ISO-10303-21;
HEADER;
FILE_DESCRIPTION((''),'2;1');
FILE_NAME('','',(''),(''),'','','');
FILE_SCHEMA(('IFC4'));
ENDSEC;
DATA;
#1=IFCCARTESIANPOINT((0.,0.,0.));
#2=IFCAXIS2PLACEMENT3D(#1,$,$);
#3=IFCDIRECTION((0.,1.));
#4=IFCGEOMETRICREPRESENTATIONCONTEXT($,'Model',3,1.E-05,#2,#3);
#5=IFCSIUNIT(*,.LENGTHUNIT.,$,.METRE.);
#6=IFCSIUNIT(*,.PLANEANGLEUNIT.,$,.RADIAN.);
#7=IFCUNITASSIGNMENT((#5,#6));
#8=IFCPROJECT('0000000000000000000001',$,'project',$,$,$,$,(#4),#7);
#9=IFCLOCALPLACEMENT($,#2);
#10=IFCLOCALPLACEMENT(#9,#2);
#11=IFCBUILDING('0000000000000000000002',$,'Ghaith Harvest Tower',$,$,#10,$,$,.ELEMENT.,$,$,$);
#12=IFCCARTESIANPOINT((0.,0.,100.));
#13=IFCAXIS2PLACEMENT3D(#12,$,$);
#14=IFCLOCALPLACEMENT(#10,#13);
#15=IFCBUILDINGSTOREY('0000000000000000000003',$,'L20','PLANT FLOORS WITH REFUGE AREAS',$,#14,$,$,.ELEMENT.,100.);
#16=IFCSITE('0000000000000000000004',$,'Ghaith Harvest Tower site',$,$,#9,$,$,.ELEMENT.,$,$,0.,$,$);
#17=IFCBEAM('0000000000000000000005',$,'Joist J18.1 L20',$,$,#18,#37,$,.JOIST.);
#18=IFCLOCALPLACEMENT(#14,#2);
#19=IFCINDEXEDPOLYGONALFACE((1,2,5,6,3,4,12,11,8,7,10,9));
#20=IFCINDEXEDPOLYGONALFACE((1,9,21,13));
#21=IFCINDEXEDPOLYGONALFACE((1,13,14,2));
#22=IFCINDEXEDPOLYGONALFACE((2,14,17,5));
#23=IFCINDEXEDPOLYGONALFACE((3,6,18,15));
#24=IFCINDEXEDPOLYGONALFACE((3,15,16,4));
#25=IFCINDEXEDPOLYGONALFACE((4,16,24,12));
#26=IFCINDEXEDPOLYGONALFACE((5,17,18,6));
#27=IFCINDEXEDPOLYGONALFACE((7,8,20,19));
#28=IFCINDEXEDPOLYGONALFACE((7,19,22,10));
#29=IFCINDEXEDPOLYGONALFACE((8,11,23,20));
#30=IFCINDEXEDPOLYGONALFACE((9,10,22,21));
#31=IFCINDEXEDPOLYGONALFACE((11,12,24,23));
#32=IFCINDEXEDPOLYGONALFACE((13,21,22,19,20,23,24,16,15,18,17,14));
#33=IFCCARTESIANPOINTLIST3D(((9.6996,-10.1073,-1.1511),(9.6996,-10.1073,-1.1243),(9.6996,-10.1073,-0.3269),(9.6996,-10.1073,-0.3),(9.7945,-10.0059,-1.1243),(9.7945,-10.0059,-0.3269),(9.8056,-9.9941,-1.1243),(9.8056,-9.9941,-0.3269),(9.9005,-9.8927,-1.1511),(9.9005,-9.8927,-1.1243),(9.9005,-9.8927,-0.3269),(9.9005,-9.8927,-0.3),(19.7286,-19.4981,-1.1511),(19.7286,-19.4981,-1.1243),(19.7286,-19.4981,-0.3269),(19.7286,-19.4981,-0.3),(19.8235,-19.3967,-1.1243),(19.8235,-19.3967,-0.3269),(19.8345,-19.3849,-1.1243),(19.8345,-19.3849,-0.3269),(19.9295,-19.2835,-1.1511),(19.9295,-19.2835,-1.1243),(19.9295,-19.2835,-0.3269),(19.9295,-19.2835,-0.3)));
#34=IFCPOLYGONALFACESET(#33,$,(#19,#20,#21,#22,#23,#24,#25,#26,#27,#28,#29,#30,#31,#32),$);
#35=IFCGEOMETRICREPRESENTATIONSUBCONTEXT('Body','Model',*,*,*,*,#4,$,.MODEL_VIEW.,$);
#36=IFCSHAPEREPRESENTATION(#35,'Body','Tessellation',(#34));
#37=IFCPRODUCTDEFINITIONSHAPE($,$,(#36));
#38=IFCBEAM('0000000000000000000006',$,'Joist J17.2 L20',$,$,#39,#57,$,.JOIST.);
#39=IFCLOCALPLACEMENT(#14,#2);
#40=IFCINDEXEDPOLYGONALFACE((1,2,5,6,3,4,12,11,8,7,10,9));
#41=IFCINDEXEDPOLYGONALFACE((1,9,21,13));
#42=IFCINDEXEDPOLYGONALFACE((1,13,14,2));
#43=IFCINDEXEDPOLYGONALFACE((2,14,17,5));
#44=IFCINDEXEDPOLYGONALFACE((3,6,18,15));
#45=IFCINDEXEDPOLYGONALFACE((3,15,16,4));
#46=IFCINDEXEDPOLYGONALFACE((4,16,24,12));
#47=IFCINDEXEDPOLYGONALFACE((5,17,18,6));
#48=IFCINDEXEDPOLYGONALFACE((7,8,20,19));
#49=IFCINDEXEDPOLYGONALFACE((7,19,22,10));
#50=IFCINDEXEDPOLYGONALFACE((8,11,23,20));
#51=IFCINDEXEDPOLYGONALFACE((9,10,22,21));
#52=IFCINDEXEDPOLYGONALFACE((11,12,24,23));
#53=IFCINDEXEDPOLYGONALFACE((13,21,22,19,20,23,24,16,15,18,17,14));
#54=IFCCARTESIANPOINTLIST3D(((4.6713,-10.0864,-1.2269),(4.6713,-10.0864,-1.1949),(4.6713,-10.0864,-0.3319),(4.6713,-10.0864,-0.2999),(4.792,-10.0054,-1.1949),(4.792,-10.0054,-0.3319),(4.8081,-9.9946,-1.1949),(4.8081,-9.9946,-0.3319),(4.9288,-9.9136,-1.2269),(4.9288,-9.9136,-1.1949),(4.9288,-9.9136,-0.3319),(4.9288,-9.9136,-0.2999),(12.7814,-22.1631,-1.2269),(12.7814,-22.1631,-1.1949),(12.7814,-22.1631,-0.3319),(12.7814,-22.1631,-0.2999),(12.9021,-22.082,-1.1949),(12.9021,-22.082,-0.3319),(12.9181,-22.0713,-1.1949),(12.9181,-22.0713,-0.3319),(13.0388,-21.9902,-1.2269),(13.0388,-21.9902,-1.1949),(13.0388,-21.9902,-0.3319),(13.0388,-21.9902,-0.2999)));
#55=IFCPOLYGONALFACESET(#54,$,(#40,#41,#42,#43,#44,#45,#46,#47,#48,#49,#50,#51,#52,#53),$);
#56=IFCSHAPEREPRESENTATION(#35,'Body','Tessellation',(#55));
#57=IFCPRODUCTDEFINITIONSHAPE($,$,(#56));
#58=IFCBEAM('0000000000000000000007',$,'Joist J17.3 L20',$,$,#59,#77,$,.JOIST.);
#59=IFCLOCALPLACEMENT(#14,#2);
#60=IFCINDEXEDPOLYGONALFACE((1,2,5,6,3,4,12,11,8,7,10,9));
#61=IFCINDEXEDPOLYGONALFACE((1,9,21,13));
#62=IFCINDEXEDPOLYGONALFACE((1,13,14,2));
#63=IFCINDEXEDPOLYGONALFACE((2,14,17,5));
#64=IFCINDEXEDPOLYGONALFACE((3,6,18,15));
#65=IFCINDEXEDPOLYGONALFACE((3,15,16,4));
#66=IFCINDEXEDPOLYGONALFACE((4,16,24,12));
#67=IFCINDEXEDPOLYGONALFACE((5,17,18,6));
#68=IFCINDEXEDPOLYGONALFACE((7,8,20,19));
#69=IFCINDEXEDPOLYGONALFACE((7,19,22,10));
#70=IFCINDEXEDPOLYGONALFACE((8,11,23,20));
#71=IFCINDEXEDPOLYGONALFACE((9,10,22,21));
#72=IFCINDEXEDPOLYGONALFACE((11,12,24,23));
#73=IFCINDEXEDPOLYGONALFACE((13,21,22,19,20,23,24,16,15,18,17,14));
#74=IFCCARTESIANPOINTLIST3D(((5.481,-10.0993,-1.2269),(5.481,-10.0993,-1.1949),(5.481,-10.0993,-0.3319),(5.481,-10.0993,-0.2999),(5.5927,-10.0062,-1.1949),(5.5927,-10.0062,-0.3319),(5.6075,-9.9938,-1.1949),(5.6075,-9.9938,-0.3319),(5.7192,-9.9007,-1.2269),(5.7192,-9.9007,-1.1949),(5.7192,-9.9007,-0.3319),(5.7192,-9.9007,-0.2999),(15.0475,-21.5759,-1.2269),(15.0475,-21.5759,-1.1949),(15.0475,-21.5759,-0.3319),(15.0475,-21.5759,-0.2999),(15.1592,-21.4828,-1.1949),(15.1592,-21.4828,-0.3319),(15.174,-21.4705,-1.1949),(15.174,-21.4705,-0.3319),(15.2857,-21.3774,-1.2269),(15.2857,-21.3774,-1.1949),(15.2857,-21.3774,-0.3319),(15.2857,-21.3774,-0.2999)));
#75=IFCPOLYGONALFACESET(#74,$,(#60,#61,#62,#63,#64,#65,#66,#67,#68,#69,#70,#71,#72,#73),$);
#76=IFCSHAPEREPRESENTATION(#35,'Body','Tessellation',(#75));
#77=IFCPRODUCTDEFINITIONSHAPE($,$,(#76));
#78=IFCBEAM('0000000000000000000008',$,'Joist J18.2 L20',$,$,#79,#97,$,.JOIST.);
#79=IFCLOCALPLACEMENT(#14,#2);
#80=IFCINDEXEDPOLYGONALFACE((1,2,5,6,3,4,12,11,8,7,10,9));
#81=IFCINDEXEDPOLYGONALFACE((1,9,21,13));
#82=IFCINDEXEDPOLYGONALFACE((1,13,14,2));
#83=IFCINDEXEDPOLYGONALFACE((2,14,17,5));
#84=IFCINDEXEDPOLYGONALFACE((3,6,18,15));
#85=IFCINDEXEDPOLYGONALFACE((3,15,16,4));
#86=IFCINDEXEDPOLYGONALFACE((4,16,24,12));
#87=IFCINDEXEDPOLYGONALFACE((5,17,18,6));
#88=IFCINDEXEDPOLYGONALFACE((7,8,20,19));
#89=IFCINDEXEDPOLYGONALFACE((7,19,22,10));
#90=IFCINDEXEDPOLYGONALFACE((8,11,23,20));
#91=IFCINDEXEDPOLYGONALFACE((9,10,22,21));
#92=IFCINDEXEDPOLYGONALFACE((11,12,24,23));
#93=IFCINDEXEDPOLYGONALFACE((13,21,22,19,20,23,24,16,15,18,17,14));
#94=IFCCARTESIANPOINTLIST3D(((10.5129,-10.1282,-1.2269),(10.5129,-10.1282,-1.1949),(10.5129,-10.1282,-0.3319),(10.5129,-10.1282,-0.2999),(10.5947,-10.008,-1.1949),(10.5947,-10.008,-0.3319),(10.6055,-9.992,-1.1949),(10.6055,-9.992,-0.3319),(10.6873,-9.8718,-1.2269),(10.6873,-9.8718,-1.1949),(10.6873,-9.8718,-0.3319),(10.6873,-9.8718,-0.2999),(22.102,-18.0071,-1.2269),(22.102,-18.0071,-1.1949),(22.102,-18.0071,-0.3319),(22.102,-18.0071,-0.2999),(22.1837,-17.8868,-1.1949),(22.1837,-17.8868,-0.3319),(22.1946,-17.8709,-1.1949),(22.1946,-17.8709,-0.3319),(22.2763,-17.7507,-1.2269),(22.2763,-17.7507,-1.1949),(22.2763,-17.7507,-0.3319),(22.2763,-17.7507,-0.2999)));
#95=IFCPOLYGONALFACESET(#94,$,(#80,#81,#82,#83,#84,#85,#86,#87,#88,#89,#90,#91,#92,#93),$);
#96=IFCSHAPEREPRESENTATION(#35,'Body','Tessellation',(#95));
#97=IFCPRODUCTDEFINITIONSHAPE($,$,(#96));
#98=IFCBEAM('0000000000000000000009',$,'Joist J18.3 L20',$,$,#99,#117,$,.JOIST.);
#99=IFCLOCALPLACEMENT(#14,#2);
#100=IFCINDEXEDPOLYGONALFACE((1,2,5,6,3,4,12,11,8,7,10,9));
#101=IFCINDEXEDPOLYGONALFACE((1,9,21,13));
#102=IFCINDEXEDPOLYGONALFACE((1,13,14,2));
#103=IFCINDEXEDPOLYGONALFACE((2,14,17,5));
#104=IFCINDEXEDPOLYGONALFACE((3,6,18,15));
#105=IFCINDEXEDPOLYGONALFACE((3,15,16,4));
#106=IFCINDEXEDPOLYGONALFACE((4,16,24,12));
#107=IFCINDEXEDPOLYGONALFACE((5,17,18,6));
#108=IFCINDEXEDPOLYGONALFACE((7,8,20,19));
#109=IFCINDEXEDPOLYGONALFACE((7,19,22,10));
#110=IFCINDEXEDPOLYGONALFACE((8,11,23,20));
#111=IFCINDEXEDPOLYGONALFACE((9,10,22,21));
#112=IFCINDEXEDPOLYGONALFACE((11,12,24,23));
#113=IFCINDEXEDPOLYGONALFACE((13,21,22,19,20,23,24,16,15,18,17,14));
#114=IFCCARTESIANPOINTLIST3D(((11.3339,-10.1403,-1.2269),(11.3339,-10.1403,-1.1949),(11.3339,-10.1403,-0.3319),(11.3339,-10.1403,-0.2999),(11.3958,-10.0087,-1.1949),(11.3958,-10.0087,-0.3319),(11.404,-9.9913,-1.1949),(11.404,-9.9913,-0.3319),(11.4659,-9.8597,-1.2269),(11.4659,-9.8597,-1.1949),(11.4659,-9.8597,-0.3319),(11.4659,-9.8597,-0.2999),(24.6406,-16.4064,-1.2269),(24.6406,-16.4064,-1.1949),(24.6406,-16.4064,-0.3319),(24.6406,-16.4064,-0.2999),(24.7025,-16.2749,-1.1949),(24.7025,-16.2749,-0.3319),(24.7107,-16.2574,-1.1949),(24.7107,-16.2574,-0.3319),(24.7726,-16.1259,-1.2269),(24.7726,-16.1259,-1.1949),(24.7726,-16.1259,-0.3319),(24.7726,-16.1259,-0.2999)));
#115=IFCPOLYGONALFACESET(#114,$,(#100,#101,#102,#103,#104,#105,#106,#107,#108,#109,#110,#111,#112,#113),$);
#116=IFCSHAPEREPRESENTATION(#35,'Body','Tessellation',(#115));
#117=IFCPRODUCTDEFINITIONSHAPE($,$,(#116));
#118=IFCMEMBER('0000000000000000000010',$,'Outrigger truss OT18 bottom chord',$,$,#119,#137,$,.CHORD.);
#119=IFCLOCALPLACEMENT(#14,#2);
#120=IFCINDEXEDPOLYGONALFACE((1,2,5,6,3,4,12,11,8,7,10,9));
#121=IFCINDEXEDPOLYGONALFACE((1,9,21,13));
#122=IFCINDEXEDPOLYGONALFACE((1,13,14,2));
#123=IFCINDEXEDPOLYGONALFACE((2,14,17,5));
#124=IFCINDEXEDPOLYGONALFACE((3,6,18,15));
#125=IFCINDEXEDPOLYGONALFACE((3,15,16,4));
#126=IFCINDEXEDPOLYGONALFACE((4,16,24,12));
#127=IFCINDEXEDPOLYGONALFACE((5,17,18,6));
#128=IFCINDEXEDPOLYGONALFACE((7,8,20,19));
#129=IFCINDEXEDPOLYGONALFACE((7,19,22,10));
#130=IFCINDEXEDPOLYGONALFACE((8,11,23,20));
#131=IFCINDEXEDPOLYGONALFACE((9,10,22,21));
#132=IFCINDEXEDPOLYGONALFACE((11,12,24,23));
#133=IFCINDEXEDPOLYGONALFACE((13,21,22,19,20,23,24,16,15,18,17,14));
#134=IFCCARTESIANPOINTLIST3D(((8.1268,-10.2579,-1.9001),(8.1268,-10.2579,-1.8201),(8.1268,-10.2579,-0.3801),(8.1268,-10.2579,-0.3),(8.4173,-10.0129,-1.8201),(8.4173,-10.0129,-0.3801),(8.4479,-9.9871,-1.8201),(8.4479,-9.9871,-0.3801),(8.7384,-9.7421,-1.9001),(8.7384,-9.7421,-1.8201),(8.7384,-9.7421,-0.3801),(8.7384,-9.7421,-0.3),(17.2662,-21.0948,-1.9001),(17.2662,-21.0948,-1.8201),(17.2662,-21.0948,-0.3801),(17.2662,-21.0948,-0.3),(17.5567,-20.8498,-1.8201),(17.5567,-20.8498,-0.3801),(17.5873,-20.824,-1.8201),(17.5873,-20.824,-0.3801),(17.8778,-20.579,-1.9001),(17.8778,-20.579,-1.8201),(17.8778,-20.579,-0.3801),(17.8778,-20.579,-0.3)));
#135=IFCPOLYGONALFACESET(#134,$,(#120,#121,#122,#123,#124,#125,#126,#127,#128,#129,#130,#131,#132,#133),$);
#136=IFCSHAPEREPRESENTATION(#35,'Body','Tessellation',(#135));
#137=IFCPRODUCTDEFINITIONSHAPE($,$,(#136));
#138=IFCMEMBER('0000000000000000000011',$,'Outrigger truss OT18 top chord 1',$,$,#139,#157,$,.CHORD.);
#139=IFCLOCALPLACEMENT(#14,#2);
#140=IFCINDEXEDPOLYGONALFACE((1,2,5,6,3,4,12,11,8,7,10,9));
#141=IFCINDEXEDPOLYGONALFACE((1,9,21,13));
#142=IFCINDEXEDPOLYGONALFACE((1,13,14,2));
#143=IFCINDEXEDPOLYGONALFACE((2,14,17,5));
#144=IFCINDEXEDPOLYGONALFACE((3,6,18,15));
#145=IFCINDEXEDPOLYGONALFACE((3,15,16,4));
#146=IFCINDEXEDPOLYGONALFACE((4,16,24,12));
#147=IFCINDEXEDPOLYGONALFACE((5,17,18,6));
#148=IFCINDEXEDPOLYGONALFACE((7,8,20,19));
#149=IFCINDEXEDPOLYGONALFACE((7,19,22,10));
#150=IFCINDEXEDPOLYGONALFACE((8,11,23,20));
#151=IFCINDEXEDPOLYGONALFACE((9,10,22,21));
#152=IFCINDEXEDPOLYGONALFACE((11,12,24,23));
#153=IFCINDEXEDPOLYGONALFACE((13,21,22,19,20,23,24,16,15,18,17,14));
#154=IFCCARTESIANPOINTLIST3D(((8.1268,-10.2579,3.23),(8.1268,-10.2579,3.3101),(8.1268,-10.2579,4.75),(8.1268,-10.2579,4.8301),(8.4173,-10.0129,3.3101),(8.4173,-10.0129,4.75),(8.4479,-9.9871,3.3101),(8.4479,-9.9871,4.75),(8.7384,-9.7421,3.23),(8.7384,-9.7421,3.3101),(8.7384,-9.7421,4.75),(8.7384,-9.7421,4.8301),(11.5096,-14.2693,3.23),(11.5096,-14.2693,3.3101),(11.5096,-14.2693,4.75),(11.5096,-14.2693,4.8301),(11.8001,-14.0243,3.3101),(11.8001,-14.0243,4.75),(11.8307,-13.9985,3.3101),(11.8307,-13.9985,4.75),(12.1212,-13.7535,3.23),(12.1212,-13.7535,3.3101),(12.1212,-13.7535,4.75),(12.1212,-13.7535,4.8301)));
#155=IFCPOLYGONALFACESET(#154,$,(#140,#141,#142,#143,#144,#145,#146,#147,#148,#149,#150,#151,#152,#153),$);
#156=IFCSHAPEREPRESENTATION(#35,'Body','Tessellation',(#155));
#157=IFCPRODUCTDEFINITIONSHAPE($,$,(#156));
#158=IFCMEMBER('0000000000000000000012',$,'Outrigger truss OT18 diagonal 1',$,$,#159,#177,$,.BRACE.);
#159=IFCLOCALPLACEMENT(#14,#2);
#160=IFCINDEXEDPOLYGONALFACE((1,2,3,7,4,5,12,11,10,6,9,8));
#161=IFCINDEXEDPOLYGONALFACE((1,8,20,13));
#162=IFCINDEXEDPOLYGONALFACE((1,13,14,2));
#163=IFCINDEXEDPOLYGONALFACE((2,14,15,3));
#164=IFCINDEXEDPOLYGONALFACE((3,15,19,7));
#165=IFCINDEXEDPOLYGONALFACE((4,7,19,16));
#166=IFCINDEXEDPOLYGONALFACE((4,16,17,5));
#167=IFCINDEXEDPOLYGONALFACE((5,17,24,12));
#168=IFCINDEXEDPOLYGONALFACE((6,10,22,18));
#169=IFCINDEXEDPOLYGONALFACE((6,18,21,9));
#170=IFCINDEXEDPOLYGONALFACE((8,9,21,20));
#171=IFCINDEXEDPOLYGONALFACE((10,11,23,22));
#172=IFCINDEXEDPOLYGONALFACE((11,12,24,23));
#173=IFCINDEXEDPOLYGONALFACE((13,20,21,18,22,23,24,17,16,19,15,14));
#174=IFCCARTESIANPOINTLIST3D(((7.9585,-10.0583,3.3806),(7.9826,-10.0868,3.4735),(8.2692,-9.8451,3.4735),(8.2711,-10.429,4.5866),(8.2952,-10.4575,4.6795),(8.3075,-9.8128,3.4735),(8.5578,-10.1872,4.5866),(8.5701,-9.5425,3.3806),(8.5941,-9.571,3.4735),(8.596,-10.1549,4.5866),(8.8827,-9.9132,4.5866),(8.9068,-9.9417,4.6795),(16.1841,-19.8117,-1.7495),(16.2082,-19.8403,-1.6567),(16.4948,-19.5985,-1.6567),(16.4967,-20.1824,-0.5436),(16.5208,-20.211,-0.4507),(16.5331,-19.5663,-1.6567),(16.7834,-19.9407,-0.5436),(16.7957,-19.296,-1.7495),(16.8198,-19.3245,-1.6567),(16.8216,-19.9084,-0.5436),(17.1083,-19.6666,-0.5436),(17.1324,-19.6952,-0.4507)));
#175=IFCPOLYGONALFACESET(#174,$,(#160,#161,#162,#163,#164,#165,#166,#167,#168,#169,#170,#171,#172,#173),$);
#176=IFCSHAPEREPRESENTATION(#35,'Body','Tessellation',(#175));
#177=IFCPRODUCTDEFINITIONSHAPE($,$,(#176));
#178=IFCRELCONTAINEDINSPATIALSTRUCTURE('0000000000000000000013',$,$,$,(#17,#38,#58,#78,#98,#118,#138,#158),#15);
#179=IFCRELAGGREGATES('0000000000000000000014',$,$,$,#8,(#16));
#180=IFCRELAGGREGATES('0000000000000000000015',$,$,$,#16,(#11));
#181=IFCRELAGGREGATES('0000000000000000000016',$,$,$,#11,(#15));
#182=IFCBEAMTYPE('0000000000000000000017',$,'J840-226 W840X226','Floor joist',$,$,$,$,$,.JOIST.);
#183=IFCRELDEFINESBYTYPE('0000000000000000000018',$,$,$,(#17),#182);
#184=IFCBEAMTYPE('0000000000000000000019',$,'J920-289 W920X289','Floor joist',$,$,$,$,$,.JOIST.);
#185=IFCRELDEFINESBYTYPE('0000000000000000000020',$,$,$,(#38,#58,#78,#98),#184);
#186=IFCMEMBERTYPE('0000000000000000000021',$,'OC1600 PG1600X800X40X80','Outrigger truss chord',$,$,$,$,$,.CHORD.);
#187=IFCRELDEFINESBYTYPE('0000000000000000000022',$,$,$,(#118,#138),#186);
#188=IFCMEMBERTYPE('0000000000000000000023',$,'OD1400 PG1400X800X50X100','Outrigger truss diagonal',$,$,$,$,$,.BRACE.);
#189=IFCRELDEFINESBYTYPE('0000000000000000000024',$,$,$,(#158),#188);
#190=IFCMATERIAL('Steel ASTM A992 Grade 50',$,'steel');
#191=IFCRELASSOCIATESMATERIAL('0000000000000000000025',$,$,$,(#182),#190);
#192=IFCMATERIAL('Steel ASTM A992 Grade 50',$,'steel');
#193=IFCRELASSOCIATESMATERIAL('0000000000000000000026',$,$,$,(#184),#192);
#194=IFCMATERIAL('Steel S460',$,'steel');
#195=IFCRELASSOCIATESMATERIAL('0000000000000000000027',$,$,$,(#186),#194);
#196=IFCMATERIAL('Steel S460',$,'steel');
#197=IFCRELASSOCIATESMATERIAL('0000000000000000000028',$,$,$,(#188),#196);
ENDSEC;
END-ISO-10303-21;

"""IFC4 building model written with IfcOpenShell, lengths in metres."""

from ifc_helpers import new_model, si_unit, direction, frame, origin, origin_2d, place, context, subcontext, project, spatial, i_section, extrude, material, material_profile, profile_set, type_object, element, save


model = new_model("IFC4")

# Units and contexts
model_context = context("Model", 3, precision=1e-05, world=origin(), true_north=direction((0.0, 1.0)))
body_context = subcontext(model_context, "Body", "Model", "MODEL_VIEW")
ifc_project = project(units=[si_unit("LENGTHUNIT", "METRE"), si_unit("PLANEANGLEUNIT", "RADIAN")], contexts=[model_context])

# Site, building, storey
site_placement = place(None, origin())
site = spatial("IfcSite", under=ifc_project, at=site_placement, Name="Ghaith Harvest Tower site", CompositionType="ELEMENT", RefElevation=0.0)
building_placement = place(site_placement, origin())
building = spatial("IfcBuilding", under=site, at=building_placement, Name="Ghaith Harvest Tower", CompositionType="ELEMENT")
storey_placement = place(building_placement, frame((0.0, 0.0, 100.0)))
storey = spatial("IfcBuildingStorey", under=building, at=storey_placement, Name="L20", Description="PLANT FLOORS WITH REFUGE AREAS", CompositionType="ELEMENT", Elevation=100.0)

# Beams
ifc_material_1 = material(Name="Steel ASTM A992 Grade 50", Category="steel")
ifc_material_profile_1 = material_profile(ifc_material_1, i_section(OverallWidth=0.2939, OverallDepth=0.8511, WebThickness=0.0161, FlangeThickness=0.0269, at=origin_2d()), Name="W840X226")
ifc_profile_set_1 = profile_set([ifc_material_profile_1], Name="Steel ASTM A992 Grade 50")
beam_type_1 = type_object("IfcBeamType", Name="J840-226 W840X226", Description="Floor joist", PredefinedType="JOIST", material=ifc_profile_set_1)
beam_1_placement = place(storey_placement, frame((9.8, -10.0, -0.7256), z_axis=(0.72995, -0.683501, 0.0), x_axis=(0.683501, 0.72995, 0.0)))
element("IfcBeam", 1, at=beam_1_placement, inside=storey, type_object=beam_type_1, Name="Joist J18.1 L20", PredefinedType="JOIST", context=body_context, shape_type="SweptSolid", body=[
    extrude(i_section(OverallWidth=0.2939, OverallDepth=0.8511, WebThickness=0.0161, FlangeThickness=0.0269, at=origin_2d()), origin(), (0.0, 0.0, 1.0), 13.7393),
])
ifc_material_2 = material(Name="Steel ASTM A992 Grade 50", Category="steel")
ifc_material_profile_2 = material_profile(ifc_material_2, i_section(OverallWidth=0.3101, OverallDepth=0.927, WebThickness=0.0193, FlangeThickness=0.032, at=origin_2d()), Name="W920X289")
ifc_profile_set_2 = profile_set([ifc_material_profile_2], Name="Steel ASTM A992 Grade 50")
beam_type_2 = type_object("IfcBeamType", Name="J920-289 W920X289", Description="Floor joist", PredefinedType="JOIST", material=ifc_profile_set_2)
beam_2_placement = place(storey_placement, frame((4.8, -10.0, -0.7634), z_axis=(0.557505, -0.830174, 0.0), x_axis=(0.830174, 0.557505, 0.0)))
element("IfcBeam", 2, at=beam_2_placement, inside=storey, type_object=beam_type_2, Name="Joist J17.2 L20", PredefinedType="JOIST", context=body_context, shape_type="SweptSolid", body=[
    extrude(i_section(OverallWidth=0.3101, OverallDepth=0.927, WebThickness=0.0193, FlangeThickness=0.032, at=origin_2d()), origin(), (0.0, 0.0, 1.0), 14.5471),
])
beam_3_placement = place(storey_placement, frame((5.6001, -10.0, -0.7634), z_axis=(0.640287, -0.768136, 0.0), x_axis=(0.768136, 0.640287, 0.0)))
element("IfcBeam", 3, at=beam_3_placement, inside=storey, type_object=beam_type_2, Name="Joist J17.3 L20", PredefinedType="JOIST", context=body_context, shape_type="SweptSolid", body=[
    extrude(i_section(OverallWidth=0.3101, OverallDepth=0.927, WebThickness=0.0193, FlangeThickness=0.032, at=origin_2d()), origin(), (0.0, 0.0, 1.0), 14.9409),
])
beam_4_placement = place(storey_placement, frame((10.6001, -10.0, -0.7634), z_axis=(0.826983, -0.562228, 0.0), x_axis=(0.562228, 0.826983, 0.0)))
element("IfcBeam", 4, at=beam_4_placement, inside=storey, type_object=beam_type_2, Name="Joist J18.2 L20", PredefinedType="JOIST", context=body_context, shape_type="SweptSolid", body=[
    extrude(i_section(OverallWidth=0.3101, OverallDepth=0.927, WebThickness=0.0193, FlangeThickness=0.032, at=origin_2d()), origin(), (0.0, 0.0, 1.0), 14.0137),
])
beam_5_placement = place(storey_placement, frame((11.3999, -10.0, -0.7634), z_axis=(0.90471, -0.426029, 0.0), x_axis=(0.426029, 0.90471, 0.0)))
element("IfcBeam", 5, at=beam_5_placement, inside=storey, type_object=beam_type_2, Name="Joist J18.3 L20", PredefinedType="JOIST", context=body_context, shape_type="SweptSolid", body=[
    extrude(i_section(OverallWidth=0.3101, OverallDepth=0.927, WebThickness=0.0193, FlangeThickness=0.032, at=origin_2d()), origin(), (0.0, 0.0, 1.0), 14.7083),
])

# Members
ifc_material_3 = material(Name="Steel S460", Category="steel")
ifc_material_profile_3 = material_profile(ifc_material_3, i_section(OverallWidth=0.8, OverallDepth=1.6001, WebThickness=0.04, FlangeThickness=0.0801, at=origin_2d()), Name="PG1600X800X40X80")
ifc_profile_set_3 = profile_set([ifc_material_profile_3], Name="Steel S460")
member_type_1 = type_object("IfcMemberType", Name="OC1600 PG1600X800X40X80", Description="Outrigger truss chord", PredefinedType="CHORD", material=ifc_profile_set_3)
member_1_placement = place(storey_placement, frame((8.4326, -10.0, -1.1001), z_axis=(0.644696, -0.764439, 0.0), x_axis=(0.764439, 0.644696, 0.0)))
element("IfcMember", 6, at=member_1_placement, inside=storey, type_object=member_type_1, Name="Outrigger truss OT18 bottom chord", PredefinedType="CHORD", context=body_context, shape_type="SweptSolid", body=[
    extrude(i_section(OverallWidth=0.8, OverallDepth=1.6001, WebThickness=0.04, FlangeThickness=0.0801, at=origin_2d()), origin(), (0.0, 0.0, 1.0), 14.1763),
])
member_2_placement = place(storey_placement, frame((8.4326, -10.0, 4.03), z_axis=(0.644663, -0.764467, 0.0), x_axis=(0.764467, 0.644663, 0.0)))
element("IfcMember", 7, at=member_2_placement, inside=storey, type_object=member_type_1, Name="Outrigger truss OT18 top chord 1", PredefinedType="CHORD", context=body_context, shape_type="SweptSolid", body=[
    extrude(i_section(OverallWidth=0.8, OverallDepth=1.6001, WebThickness=0.04, FlangeThickness=0.0801, at=origin_2d()), origin(), (0.0, 0.0, 1.0), 5.2473),
])
ifc_material_4 = material(Name="Steel S460", Category="steel")
ifc_material_profile_4 = material_profile(ifc_material_4, i_section(OverallWidth=0.8, OverallDepth=1.3999, WebThickness=0.05, FlangeThickness=0.1001, at=origin_2d()), Name="PG1400X800X50X100")
ifc_profile_set_4 = profile_set([ifc_material_profile_4], Name="Steel S460")
member_type_2 = type_object("IfcMemberType", Name="OD1400 PG1400X800X50X100", Description="Outrigger truss diagonal", PredefinedType="BRACE", material=ifc_profile_set_4)
member_3_placement = place(storey_placement, frame((8.4326, -10.0, 4.03), z_axis=(0.598153, -0.709255, -0.373056), x_axis=(0.764441, 0.644694, 0.0)))
element("IfcMember", 8, at=member_3_placement, inside=storey, type_object=member_type_2, Name="Outrigger truss OT18 diagonal 1", PredefinedType="BRACE", context=body_context, shape_type="SweptSolid", body=[
    extrude(i_section(OverallWidth=0.8, OverallDepth=1.3999, WebThickness=0.05, FlangeThickness=0.1001, at=origin_2d()), origin(), (0.0, 0.0, 1.0), 13.7517),
])

save(model, "model.ifc")
